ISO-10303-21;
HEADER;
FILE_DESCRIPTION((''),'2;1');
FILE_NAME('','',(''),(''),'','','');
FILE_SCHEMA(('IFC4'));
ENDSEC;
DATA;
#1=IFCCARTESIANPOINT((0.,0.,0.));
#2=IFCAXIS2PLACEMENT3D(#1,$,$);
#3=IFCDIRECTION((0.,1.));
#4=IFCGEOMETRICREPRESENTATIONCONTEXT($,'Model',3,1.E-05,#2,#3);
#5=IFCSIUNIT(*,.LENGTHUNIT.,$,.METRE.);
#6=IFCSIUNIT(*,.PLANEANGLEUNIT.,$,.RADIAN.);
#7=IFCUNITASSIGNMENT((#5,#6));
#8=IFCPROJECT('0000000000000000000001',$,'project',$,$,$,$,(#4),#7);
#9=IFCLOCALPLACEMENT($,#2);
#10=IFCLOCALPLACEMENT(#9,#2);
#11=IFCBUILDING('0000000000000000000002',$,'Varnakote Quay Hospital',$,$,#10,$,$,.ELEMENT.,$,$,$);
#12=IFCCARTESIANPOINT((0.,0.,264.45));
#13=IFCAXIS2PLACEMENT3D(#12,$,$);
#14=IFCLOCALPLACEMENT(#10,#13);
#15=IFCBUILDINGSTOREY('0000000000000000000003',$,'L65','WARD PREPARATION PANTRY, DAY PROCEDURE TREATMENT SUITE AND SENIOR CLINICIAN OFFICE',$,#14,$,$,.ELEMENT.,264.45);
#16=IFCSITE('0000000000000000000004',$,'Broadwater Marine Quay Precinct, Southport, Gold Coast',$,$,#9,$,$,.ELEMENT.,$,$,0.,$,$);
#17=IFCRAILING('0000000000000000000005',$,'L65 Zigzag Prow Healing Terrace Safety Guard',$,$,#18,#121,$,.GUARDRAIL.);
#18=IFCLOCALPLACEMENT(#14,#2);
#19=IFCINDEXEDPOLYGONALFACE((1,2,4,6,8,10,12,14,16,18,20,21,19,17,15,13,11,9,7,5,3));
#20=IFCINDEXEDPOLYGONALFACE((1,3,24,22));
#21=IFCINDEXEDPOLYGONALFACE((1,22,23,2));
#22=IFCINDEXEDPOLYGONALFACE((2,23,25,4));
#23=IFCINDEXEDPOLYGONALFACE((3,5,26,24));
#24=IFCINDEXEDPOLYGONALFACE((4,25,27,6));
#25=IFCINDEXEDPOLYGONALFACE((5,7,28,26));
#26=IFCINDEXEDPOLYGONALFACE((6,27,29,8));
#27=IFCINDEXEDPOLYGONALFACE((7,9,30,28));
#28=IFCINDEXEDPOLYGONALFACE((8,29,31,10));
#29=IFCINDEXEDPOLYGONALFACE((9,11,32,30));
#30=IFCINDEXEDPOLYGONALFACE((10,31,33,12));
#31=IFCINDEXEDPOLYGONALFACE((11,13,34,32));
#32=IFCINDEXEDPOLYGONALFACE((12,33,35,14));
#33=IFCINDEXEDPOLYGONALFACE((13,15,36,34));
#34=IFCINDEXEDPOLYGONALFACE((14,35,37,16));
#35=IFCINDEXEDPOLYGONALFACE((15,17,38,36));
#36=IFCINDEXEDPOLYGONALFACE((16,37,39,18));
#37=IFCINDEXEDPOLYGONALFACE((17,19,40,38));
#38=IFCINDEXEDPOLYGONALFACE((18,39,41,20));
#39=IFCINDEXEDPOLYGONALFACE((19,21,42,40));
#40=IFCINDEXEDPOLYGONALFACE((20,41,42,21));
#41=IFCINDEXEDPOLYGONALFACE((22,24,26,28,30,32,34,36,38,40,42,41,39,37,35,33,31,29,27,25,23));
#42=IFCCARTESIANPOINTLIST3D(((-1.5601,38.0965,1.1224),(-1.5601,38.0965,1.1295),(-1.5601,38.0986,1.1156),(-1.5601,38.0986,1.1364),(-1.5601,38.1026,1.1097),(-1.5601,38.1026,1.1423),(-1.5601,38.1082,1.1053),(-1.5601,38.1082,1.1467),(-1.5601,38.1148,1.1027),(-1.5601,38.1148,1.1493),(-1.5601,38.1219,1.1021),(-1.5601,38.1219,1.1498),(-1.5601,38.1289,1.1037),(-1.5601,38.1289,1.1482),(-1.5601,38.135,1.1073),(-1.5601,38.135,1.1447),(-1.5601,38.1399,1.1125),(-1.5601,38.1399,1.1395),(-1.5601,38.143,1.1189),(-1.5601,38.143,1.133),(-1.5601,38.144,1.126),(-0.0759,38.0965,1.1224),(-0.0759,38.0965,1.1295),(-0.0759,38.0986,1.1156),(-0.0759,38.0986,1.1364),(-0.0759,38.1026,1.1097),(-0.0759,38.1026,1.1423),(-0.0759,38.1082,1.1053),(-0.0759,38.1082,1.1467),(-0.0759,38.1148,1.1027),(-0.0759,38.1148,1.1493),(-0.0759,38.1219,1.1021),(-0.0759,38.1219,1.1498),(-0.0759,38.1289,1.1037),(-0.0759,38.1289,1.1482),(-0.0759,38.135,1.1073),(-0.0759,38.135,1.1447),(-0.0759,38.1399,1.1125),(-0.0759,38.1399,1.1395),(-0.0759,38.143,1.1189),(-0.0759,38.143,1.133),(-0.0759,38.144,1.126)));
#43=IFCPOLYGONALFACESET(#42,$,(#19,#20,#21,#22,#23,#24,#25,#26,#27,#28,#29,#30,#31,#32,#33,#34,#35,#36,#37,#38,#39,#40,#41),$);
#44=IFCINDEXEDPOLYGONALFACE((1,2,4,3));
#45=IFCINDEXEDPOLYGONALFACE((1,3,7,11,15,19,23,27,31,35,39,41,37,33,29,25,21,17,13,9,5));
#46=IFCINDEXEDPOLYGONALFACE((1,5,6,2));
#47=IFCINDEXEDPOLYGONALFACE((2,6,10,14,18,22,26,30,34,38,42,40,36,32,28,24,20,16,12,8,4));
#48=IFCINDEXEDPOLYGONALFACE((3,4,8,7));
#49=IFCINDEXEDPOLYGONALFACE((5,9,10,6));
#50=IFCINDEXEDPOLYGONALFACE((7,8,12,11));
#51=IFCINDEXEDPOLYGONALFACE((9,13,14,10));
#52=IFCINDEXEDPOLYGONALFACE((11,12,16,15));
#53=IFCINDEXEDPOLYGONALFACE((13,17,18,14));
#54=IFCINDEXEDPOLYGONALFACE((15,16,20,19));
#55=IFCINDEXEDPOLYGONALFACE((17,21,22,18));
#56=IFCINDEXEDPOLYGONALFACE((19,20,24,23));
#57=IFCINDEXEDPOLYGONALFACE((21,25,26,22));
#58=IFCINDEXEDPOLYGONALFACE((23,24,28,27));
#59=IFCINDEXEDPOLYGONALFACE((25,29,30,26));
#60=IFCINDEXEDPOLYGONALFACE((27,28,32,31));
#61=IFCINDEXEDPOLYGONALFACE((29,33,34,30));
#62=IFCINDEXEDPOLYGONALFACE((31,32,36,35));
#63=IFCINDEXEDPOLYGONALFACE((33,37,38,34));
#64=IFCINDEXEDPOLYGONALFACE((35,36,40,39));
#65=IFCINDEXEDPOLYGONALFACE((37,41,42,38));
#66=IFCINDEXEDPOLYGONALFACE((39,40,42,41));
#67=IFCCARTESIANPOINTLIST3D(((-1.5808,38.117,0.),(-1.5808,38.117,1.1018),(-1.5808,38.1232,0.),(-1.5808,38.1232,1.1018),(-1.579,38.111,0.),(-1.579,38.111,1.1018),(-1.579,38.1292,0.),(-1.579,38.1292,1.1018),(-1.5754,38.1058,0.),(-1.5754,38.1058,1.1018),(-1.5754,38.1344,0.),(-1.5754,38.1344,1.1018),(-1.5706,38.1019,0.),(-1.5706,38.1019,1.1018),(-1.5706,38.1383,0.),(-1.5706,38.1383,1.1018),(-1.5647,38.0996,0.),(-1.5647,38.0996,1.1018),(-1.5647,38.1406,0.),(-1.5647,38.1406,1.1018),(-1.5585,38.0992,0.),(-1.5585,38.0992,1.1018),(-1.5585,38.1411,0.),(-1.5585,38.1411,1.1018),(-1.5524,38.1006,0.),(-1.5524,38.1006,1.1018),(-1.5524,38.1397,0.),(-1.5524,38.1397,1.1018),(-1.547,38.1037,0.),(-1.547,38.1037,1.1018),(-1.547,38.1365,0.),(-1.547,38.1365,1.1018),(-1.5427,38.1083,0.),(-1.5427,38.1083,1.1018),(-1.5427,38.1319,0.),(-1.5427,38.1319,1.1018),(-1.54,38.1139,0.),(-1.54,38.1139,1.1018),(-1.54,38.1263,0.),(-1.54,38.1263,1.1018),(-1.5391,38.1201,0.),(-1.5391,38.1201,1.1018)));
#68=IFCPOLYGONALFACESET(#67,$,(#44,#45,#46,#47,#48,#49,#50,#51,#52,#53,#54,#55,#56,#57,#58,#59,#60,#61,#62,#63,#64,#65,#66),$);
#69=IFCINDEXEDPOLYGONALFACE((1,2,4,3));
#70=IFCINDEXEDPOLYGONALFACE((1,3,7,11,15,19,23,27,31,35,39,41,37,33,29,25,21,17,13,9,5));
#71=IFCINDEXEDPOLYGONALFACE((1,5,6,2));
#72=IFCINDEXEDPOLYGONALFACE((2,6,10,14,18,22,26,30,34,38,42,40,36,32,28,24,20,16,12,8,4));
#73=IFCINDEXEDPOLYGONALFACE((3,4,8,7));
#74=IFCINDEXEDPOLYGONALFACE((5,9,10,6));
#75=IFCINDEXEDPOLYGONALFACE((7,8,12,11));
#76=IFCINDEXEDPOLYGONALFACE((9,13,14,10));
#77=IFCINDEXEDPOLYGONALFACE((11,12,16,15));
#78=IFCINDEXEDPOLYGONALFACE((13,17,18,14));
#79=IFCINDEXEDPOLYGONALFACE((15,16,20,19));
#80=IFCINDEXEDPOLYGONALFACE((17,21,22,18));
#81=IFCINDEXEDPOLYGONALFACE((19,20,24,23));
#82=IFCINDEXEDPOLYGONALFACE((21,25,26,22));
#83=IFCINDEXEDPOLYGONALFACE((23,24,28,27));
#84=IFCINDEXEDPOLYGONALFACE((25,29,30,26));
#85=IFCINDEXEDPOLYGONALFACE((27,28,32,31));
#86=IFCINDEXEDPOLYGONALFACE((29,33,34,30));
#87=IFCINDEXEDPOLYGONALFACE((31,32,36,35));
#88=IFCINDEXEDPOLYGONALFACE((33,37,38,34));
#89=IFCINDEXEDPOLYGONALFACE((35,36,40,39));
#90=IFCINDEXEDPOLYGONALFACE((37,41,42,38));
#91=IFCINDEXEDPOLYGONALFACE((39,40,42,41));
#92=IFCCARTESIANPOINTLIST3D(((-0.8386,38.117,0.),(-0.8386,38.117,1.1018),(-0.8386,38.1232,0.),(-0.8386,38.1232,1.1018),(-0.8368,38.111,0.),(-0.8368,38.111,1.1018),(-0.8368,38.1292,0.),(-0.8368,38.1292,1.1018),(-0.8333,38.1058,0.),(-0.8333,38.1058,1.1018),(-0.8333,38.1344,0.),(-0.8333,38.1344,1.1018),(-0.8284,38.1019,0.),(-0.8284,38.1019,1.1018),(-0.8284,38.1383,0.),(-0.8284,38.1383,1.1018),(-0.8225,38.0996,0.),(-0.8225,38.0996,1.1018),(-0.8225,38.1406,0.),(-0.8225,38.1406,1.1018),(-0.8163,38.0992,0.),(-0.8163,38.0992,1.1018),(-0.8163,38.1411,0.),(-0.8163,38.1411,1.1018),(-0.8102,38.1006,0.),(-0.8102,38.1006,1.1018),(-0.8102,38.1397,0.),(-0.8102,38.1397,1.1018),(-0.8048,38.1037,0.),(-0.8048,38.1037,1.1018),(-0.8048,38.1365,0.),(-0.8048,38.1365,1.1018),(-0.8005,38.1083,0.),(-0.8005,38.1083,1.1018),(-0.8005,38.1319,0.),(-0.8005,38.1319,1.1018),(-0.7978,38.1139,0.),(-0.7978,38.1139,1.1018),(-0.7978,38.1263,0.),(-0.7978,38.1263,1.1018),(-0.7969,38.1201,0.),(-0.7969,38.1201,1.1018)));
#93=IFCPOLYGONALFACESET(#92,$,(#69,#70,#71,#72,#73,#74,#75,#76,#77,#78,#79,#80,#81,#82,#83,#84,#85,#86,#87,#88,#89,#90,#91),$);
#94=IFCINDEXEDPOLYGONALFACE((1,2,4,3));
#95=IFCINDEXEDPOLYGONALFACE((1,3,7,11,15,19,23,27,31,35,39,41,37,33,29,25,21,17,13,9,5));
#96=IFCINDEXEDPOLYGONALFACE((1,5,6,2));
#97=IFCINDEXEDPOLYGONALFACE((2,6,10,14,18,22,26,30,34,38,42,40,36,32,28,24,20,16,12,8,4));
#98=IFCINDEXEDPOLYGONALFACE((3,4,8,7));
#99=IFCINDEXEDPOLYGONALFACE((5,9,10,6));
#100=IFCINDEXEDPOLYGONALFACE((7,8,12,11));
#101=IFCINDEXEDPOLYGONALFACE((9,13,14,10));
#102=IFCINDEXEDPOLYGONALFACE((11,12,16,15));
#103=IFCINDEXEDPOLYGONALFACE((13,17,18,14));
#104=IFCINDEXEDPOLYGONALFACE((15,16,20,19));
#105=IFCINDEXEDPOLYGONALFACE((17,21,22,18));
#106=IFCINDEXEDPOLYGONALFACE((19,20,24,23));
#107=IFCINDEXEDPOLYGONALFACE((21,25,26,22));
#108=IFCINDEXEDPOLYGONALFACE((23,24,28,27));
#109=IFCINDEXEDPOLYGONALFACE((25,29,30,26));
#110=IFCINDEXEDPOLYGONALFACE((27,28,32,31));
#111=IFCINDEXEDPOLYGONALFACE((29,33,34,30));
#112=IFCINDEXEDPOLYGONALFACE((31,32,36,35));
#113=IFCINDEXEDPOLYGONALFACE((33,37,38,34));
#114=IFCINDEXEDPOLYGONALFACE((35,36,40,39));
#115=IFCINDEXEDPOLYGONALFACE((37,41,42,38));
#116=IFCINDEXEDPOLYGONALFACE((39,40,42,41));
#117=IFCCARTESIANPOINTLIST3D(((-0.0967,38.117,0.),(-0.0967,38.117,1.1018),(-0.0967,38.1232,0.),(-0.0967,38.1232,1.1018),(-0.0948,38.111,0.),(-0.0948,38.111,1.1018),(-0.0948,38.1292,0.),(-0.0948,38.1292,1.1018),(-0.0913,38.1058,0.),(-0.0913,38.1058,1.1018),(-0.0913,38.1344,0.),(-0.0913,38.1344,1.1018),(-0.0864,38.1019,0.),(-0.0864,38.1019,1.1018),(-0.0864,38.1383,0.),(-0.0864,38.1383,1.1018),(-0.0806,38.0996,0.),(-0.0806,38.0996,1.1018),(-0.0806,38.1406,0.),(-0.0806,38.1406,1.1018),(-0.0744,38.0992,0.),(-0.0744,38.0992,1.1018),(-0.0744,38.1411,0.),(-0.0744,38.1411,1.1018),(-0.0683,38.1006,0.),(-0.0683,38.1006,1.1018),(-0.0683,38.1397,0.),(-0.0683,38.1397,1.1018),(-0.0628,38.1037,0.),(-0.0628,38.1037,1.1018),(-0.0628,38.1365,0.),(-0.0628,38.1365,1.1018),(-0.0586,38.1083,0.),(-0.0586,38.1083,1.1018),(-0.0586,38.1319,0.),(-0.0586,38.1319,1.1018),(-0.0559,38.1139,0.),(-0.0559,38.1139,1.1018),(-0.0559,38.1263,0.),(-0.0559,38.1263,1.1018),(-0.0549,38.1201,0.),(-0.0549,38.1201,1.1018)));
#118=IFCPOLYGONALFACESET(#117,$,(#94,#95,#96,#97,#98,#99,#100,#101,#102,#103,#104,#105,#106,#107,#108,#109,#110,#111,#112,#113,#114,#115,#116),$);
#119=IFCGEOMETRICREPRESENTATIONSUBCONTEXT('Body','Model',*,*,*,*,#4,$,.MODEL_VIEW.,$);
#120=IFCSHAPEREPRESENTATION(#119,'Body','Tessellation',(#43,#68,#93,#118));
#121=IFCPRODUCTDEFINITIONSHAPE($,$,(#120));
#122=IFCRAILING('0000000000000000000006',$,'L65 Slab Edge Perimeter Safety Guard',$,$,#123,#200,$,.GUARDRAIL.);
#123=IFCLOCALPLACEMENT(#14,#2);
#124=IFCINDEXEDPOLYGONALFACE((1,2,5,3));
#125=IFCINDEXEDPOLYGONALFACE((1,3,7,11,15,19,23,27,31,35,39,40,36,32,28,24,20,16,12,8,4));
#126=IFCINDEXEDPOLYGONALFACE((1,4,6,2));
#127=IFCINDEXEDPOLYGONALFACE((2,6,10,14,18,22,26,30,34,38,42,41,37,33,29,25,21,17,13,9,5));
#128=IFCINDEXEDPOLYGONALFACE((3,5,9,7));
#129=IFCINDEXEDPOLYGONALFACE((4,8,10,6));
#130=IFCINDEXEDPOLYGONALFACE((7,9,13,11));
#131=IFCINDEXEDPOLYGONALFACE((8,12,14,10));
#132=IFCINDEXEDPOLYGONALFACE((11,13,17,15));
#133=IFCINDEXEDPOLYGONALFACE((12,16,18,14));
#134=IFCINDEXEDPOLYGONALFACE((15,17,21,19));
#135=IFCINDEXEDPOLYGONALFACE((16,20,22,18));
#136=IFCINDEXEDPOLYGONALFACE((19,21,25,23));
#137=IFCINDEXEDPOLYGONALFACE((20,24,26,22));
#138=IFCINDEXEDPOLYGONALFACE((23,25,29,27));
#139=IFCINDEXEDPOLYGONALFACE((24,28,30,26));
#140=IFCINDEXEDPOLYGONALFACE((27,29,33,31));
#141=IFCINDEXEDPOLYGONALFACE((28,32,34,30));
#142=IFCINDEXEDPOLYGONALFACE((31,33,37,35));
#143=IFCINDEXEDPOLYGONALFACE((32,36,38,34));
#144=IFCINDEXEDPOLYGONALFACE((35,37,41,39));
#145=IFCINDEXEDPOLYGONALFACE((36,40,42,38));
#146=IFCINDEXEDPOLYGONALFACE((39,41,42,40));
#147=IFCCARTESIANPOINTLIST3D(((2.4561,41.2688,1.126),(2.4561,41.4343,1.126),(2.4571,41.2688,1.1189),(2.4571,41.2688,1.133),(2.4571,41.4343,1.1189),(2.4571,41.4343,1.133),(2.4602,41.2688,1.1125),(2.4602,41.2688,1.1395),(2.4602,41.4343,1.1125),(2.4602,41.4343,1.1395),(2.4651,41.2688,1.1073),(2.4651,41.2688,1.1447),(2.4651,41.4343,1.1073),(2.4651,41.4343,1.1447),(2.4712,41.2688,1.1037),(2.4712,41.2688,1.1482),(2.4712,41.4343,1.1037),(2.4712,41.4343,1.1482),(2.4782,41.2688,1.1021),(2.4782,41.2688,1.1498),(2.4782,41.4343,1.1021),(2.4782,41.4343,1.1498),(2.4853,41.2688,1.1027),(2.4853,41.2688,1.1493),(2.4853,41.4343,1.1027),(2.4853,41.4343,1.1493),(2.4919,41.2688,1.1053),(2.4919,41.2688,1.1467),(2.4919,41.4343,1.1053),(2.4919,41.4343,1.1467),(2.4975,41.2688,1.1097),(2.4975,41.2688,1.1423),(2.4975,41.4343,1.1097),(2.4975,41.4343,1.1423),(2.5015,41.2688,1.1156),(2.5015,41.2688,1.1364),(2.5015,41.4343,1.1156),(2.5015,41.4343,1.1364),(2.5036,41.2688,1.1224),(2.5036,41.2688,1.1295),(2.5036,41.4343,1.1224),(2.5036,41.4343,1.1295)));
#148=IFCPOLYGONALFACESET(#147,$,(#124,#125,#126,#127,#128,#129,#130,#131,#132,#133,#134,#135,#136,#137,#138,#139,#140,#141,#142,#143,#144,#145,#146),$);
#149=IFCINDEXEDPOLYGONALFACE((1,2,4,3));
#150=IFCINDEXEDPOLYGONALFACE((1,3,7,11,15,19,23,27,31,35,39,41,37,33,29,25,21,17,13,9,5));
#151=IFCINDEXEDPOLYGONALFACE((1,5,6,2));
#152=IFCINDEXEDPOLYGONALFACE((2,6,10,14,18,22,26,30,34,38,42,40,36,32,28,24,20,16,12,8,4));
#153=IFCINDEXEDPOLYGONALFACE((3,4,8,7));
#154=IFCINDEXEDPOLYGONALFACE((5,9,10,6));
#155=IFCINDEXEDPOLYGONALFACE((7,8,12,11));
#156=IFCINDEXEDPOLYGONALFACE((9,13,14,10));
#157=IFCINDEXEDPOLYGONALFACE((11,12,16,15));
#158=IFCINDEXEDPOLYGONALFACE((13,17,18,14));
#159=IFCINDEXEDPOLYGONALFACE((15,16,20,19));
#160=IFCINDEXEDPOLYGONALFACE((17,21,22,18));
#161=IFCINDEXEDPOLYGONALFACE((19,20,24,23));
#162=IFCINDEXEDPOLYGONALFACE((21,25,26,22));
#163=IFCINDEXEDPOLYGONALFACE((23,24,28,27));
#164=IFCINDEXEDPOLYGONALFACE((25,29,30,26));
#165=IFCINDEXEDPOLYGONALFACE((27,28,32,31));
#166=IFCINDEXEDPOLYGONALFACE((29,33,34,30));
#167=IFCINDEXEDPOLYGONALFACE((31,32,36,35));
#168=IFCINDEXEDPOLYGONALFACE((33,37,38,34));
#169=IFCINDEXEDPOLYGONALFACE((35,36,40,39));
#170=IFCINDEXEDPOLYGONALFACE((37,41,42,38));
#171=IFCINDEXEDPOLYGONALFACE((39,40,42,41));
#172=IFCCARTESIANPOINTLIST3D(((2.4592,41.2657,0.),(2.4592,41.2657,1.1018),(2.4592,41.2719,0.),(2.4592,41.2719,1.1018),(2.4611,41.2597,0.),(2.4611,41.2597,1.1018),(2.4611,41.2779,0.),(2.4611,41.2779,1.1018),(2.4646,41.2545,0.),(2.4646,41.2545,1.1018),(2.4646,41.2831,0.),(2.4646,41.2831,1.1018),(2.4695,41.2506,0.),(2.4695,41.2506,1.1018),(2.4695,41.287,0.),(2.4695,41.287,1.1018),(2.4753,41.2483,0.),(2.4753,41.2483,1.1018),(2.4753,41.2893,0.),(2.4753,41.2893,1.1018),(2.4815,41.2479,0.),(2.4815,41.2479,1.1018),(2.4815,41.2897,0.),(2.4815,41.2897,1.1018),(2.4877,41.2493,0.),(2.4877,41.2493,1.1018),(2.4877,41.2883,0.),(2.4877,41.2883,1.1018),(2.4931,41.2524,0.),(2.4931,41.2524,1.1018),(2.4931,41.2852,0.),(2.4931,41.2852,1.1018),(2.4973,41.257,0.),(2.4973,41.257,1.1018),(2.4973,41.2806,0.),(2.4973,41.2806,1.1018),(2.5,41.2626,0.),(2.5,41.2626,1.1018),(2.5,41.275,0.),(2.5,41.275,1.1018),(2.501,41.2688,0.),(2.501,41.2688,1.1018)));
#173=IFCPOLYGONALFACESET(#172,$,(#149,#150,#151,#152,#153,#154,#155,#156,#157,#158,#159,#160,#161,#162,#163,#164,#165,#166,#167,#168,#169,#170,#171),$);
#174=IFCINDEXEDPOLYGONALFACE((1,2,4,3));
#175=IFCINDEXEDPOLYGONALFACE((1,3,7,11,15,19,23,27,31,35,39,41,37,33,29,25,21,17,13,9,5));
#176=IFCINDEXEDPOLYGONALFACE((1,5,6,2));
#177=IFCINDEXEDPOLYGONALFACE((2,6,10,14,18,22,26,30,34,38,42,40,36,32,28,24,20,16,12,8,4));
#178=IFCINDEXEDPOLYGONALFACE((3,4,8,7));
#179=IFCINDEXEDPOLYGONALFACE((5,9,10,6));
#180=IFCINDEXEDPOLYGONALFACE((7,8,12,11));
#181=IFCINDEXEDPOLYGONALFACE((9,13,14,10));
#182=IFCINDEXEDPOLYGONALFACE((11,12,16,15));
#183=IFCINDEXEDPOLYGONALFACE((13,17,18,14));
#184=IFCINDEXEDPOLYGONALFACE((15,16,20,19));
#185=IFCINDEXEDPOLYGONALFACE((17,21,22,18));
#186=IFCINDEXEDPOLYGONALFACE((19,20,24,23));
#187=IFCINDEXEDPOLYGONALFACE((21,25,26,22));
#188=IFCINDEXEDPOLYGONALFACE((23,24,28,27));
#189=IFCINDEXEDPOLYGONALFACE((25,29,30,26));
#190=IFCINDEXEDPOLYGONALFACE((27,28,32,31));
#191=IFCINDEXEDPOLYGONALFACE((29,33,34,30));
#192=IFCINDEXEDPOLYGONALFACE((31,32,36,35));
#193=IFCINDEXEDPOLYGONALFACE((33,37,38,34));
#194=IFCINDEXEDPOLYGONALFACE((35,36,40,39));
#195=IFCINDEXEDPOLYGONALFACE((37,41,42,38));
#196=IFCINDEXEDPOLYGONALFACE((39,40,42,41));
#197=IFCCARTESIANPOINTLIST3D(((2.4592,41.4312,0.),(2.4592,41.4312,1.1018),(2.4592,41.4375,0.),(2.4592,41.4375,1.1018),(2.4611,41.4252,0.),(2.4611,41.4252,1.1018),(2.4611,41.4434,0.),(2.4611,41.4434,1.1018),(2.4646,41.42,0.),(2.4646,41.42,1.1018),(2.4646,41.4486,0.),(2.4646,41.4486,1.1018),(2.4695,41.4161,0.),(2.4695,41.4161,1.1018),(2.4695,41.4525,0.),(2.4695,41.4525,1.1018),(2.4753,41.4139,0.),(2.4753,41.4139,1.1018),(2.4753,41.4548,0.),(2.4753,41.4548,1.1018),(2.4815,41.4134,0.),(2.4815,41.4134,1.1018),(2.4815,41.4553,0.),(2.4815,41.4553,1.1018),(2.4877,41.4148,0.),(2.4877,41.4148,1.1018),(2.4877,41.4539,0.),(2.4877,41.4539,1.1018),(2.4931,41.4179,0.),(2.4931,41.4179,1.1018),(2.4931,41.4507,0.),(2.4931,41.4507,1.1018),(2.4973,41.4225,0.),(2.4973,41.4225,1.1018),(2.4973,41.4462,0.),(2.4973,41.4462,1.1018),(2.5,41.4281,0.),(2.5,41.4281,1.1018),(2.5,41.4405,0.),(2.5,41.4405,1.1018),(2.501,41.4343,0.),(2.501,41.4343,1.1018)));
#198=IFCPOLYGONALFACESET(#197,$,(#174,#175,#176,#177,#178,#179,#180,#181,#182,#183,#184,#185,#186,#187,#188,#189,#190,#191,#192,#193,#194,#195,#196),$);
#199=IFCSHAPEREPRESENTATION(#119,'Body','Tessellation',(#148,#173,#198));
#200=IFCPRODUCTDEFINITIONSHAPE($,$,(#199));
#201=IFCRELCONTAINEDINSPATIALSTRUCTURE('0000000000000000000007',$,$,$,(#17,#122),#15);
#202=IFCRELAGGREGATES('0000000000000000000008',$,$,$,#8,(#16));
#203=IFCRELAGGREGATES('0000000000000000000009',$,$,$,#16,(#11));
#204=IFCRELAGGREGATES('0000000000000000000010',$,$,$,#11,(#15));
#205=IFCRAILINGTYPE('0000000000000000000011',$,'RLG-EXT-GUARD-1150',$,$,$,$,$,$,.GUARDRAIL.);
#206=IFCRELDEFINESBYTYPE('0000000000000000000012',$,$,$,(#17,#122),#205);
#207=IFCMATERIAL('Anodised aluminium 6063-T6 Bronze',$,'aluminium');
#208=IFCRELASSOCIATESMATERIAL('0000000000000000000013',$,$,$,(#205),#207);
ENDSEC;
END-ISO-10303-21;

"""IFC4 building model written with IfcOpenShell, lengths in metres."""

from ifc_helpers import new_model, si_unit, direction, frame, origin, origin_2d, place, context, subcontext, project, spatial, circle, extrude, material, type_object, element, save


model = new_model("IFC4")

# Units and contexts
model_context = context("Model", 3, precision=1e-05, world=origin(), true_north=direction((0.0, 1.0)))
body_context = subcontext(model_context, "Body", "Model", "MODEL_VIEW")
ifc_project = project(units=[si_unit("LENGTHUNIT", "METRE"), si_unit("PLANEANGLEUNIT", "RADIAN")], contexts=[model_context])

# Site, building, storey
site_placement = place(None, origin())
site = spatial("IfcSite", under=ifc_project, at=site_placement, Name="Broadwater Marine Quay Precinct, Southport, Gold Coast", CompositionType="ELEMENT", RefElevation=0.0)
building_placement = place(site_placement, origin())
building = spatial("IfcBuilding", under=site, at=building_placement, Name="Varnakote Quay Hospital", CompositionType="ELEMENT")
storey_placement = place(building_placement, frame((0.0, 0.0, 264.45)))
storey = spatial("IfcBuildingStorey", under=building, at=storey_placement, Name="L65", Description="WARD PREPARATION PANTRY, DAY PROCEDURE TREATMENT SUITE AND SENIOR CLINICIAN OFFICE", CompositionType="ELEMENT", Elevation=264.45)

# Railings
ifc_material_1 = material(Name="Anodised aluminium 6063-T6 Bronze", Category="aluminium")
railing_type = type_object("IfcRailingType", Name="RLG-EXT-GUARD-1150", PredefinedType="GUARDRAIL", material=ifc_material_1)
railing_1_placement = place(storey_placement, frame((-1.5601, 38.1201, 0.0)))
element("IfcRailing", 1, at=railing_1_placement, inside=storey, type_object=railing_type, Name="L65 Zigzag Prow Healing Terrace Safety Guard", PredefinedType="GUARDRAIL", context=body_context, shape_type="SweptSolid", body=[
    extrude(circle(Radius=0.0239, at=origin_2d()), frame((0.0, 0.0, 1.126), z_axis=(1.0, 0.0, 0.0), x_axis=(0.0, 1.0, 0.0)), (0.0, 0.0, 1.0), 1.4841),
    extrude(circle(Radius=0.021, at=origin_2d()), origin(), (0.0, 0.0, 1.0), 1.1018),
    extrude(circle(Radius=0.021, at=origin_2d()), frame((0.7422, 0.0, 0.0)), (0.0, 0.0, 1.0), 1.1018),
    extrude(circle(Radius=0.021, at=origin_2d()), frame((1.4841, 0.0, 0.0)), (0.0, 0.0, 1.0), 1.1018),
])
railing_2_placement = place(storey_placement, frame((2.48, 41.2688, 0.0)))
element("IfcRailing", 2, at=railing_2_placement, inside=storey, type_object=railing_type, Name="L65 Slab Edge Perimeter Safety Guard", PredefinedType="GUARDRAIL", context=body_context, shape_type="SweptSolid", body=[
    extrude(circle(Radius=0.0239, at=origin_2d()), frame((0.0, 0.0, 1.126), z_axis=(0.0, 1.0, 0.0), x_axis=(-1.0, 0.0, 0.0)), (0.0, 0.0, 1.0), 0.1655),
    extrude(circle(Radius=0.021, at=origin_2d()), origin(), (0.0, 0.0, 1.0), 1.1018),
    extrude(circle(Radius=0.021, at=origin_2d()), frame((0.0, 0.1655, 0.0)), (0.0, 0.0, 1.0), 1.1018),
])

save(model, "model.ifc")
